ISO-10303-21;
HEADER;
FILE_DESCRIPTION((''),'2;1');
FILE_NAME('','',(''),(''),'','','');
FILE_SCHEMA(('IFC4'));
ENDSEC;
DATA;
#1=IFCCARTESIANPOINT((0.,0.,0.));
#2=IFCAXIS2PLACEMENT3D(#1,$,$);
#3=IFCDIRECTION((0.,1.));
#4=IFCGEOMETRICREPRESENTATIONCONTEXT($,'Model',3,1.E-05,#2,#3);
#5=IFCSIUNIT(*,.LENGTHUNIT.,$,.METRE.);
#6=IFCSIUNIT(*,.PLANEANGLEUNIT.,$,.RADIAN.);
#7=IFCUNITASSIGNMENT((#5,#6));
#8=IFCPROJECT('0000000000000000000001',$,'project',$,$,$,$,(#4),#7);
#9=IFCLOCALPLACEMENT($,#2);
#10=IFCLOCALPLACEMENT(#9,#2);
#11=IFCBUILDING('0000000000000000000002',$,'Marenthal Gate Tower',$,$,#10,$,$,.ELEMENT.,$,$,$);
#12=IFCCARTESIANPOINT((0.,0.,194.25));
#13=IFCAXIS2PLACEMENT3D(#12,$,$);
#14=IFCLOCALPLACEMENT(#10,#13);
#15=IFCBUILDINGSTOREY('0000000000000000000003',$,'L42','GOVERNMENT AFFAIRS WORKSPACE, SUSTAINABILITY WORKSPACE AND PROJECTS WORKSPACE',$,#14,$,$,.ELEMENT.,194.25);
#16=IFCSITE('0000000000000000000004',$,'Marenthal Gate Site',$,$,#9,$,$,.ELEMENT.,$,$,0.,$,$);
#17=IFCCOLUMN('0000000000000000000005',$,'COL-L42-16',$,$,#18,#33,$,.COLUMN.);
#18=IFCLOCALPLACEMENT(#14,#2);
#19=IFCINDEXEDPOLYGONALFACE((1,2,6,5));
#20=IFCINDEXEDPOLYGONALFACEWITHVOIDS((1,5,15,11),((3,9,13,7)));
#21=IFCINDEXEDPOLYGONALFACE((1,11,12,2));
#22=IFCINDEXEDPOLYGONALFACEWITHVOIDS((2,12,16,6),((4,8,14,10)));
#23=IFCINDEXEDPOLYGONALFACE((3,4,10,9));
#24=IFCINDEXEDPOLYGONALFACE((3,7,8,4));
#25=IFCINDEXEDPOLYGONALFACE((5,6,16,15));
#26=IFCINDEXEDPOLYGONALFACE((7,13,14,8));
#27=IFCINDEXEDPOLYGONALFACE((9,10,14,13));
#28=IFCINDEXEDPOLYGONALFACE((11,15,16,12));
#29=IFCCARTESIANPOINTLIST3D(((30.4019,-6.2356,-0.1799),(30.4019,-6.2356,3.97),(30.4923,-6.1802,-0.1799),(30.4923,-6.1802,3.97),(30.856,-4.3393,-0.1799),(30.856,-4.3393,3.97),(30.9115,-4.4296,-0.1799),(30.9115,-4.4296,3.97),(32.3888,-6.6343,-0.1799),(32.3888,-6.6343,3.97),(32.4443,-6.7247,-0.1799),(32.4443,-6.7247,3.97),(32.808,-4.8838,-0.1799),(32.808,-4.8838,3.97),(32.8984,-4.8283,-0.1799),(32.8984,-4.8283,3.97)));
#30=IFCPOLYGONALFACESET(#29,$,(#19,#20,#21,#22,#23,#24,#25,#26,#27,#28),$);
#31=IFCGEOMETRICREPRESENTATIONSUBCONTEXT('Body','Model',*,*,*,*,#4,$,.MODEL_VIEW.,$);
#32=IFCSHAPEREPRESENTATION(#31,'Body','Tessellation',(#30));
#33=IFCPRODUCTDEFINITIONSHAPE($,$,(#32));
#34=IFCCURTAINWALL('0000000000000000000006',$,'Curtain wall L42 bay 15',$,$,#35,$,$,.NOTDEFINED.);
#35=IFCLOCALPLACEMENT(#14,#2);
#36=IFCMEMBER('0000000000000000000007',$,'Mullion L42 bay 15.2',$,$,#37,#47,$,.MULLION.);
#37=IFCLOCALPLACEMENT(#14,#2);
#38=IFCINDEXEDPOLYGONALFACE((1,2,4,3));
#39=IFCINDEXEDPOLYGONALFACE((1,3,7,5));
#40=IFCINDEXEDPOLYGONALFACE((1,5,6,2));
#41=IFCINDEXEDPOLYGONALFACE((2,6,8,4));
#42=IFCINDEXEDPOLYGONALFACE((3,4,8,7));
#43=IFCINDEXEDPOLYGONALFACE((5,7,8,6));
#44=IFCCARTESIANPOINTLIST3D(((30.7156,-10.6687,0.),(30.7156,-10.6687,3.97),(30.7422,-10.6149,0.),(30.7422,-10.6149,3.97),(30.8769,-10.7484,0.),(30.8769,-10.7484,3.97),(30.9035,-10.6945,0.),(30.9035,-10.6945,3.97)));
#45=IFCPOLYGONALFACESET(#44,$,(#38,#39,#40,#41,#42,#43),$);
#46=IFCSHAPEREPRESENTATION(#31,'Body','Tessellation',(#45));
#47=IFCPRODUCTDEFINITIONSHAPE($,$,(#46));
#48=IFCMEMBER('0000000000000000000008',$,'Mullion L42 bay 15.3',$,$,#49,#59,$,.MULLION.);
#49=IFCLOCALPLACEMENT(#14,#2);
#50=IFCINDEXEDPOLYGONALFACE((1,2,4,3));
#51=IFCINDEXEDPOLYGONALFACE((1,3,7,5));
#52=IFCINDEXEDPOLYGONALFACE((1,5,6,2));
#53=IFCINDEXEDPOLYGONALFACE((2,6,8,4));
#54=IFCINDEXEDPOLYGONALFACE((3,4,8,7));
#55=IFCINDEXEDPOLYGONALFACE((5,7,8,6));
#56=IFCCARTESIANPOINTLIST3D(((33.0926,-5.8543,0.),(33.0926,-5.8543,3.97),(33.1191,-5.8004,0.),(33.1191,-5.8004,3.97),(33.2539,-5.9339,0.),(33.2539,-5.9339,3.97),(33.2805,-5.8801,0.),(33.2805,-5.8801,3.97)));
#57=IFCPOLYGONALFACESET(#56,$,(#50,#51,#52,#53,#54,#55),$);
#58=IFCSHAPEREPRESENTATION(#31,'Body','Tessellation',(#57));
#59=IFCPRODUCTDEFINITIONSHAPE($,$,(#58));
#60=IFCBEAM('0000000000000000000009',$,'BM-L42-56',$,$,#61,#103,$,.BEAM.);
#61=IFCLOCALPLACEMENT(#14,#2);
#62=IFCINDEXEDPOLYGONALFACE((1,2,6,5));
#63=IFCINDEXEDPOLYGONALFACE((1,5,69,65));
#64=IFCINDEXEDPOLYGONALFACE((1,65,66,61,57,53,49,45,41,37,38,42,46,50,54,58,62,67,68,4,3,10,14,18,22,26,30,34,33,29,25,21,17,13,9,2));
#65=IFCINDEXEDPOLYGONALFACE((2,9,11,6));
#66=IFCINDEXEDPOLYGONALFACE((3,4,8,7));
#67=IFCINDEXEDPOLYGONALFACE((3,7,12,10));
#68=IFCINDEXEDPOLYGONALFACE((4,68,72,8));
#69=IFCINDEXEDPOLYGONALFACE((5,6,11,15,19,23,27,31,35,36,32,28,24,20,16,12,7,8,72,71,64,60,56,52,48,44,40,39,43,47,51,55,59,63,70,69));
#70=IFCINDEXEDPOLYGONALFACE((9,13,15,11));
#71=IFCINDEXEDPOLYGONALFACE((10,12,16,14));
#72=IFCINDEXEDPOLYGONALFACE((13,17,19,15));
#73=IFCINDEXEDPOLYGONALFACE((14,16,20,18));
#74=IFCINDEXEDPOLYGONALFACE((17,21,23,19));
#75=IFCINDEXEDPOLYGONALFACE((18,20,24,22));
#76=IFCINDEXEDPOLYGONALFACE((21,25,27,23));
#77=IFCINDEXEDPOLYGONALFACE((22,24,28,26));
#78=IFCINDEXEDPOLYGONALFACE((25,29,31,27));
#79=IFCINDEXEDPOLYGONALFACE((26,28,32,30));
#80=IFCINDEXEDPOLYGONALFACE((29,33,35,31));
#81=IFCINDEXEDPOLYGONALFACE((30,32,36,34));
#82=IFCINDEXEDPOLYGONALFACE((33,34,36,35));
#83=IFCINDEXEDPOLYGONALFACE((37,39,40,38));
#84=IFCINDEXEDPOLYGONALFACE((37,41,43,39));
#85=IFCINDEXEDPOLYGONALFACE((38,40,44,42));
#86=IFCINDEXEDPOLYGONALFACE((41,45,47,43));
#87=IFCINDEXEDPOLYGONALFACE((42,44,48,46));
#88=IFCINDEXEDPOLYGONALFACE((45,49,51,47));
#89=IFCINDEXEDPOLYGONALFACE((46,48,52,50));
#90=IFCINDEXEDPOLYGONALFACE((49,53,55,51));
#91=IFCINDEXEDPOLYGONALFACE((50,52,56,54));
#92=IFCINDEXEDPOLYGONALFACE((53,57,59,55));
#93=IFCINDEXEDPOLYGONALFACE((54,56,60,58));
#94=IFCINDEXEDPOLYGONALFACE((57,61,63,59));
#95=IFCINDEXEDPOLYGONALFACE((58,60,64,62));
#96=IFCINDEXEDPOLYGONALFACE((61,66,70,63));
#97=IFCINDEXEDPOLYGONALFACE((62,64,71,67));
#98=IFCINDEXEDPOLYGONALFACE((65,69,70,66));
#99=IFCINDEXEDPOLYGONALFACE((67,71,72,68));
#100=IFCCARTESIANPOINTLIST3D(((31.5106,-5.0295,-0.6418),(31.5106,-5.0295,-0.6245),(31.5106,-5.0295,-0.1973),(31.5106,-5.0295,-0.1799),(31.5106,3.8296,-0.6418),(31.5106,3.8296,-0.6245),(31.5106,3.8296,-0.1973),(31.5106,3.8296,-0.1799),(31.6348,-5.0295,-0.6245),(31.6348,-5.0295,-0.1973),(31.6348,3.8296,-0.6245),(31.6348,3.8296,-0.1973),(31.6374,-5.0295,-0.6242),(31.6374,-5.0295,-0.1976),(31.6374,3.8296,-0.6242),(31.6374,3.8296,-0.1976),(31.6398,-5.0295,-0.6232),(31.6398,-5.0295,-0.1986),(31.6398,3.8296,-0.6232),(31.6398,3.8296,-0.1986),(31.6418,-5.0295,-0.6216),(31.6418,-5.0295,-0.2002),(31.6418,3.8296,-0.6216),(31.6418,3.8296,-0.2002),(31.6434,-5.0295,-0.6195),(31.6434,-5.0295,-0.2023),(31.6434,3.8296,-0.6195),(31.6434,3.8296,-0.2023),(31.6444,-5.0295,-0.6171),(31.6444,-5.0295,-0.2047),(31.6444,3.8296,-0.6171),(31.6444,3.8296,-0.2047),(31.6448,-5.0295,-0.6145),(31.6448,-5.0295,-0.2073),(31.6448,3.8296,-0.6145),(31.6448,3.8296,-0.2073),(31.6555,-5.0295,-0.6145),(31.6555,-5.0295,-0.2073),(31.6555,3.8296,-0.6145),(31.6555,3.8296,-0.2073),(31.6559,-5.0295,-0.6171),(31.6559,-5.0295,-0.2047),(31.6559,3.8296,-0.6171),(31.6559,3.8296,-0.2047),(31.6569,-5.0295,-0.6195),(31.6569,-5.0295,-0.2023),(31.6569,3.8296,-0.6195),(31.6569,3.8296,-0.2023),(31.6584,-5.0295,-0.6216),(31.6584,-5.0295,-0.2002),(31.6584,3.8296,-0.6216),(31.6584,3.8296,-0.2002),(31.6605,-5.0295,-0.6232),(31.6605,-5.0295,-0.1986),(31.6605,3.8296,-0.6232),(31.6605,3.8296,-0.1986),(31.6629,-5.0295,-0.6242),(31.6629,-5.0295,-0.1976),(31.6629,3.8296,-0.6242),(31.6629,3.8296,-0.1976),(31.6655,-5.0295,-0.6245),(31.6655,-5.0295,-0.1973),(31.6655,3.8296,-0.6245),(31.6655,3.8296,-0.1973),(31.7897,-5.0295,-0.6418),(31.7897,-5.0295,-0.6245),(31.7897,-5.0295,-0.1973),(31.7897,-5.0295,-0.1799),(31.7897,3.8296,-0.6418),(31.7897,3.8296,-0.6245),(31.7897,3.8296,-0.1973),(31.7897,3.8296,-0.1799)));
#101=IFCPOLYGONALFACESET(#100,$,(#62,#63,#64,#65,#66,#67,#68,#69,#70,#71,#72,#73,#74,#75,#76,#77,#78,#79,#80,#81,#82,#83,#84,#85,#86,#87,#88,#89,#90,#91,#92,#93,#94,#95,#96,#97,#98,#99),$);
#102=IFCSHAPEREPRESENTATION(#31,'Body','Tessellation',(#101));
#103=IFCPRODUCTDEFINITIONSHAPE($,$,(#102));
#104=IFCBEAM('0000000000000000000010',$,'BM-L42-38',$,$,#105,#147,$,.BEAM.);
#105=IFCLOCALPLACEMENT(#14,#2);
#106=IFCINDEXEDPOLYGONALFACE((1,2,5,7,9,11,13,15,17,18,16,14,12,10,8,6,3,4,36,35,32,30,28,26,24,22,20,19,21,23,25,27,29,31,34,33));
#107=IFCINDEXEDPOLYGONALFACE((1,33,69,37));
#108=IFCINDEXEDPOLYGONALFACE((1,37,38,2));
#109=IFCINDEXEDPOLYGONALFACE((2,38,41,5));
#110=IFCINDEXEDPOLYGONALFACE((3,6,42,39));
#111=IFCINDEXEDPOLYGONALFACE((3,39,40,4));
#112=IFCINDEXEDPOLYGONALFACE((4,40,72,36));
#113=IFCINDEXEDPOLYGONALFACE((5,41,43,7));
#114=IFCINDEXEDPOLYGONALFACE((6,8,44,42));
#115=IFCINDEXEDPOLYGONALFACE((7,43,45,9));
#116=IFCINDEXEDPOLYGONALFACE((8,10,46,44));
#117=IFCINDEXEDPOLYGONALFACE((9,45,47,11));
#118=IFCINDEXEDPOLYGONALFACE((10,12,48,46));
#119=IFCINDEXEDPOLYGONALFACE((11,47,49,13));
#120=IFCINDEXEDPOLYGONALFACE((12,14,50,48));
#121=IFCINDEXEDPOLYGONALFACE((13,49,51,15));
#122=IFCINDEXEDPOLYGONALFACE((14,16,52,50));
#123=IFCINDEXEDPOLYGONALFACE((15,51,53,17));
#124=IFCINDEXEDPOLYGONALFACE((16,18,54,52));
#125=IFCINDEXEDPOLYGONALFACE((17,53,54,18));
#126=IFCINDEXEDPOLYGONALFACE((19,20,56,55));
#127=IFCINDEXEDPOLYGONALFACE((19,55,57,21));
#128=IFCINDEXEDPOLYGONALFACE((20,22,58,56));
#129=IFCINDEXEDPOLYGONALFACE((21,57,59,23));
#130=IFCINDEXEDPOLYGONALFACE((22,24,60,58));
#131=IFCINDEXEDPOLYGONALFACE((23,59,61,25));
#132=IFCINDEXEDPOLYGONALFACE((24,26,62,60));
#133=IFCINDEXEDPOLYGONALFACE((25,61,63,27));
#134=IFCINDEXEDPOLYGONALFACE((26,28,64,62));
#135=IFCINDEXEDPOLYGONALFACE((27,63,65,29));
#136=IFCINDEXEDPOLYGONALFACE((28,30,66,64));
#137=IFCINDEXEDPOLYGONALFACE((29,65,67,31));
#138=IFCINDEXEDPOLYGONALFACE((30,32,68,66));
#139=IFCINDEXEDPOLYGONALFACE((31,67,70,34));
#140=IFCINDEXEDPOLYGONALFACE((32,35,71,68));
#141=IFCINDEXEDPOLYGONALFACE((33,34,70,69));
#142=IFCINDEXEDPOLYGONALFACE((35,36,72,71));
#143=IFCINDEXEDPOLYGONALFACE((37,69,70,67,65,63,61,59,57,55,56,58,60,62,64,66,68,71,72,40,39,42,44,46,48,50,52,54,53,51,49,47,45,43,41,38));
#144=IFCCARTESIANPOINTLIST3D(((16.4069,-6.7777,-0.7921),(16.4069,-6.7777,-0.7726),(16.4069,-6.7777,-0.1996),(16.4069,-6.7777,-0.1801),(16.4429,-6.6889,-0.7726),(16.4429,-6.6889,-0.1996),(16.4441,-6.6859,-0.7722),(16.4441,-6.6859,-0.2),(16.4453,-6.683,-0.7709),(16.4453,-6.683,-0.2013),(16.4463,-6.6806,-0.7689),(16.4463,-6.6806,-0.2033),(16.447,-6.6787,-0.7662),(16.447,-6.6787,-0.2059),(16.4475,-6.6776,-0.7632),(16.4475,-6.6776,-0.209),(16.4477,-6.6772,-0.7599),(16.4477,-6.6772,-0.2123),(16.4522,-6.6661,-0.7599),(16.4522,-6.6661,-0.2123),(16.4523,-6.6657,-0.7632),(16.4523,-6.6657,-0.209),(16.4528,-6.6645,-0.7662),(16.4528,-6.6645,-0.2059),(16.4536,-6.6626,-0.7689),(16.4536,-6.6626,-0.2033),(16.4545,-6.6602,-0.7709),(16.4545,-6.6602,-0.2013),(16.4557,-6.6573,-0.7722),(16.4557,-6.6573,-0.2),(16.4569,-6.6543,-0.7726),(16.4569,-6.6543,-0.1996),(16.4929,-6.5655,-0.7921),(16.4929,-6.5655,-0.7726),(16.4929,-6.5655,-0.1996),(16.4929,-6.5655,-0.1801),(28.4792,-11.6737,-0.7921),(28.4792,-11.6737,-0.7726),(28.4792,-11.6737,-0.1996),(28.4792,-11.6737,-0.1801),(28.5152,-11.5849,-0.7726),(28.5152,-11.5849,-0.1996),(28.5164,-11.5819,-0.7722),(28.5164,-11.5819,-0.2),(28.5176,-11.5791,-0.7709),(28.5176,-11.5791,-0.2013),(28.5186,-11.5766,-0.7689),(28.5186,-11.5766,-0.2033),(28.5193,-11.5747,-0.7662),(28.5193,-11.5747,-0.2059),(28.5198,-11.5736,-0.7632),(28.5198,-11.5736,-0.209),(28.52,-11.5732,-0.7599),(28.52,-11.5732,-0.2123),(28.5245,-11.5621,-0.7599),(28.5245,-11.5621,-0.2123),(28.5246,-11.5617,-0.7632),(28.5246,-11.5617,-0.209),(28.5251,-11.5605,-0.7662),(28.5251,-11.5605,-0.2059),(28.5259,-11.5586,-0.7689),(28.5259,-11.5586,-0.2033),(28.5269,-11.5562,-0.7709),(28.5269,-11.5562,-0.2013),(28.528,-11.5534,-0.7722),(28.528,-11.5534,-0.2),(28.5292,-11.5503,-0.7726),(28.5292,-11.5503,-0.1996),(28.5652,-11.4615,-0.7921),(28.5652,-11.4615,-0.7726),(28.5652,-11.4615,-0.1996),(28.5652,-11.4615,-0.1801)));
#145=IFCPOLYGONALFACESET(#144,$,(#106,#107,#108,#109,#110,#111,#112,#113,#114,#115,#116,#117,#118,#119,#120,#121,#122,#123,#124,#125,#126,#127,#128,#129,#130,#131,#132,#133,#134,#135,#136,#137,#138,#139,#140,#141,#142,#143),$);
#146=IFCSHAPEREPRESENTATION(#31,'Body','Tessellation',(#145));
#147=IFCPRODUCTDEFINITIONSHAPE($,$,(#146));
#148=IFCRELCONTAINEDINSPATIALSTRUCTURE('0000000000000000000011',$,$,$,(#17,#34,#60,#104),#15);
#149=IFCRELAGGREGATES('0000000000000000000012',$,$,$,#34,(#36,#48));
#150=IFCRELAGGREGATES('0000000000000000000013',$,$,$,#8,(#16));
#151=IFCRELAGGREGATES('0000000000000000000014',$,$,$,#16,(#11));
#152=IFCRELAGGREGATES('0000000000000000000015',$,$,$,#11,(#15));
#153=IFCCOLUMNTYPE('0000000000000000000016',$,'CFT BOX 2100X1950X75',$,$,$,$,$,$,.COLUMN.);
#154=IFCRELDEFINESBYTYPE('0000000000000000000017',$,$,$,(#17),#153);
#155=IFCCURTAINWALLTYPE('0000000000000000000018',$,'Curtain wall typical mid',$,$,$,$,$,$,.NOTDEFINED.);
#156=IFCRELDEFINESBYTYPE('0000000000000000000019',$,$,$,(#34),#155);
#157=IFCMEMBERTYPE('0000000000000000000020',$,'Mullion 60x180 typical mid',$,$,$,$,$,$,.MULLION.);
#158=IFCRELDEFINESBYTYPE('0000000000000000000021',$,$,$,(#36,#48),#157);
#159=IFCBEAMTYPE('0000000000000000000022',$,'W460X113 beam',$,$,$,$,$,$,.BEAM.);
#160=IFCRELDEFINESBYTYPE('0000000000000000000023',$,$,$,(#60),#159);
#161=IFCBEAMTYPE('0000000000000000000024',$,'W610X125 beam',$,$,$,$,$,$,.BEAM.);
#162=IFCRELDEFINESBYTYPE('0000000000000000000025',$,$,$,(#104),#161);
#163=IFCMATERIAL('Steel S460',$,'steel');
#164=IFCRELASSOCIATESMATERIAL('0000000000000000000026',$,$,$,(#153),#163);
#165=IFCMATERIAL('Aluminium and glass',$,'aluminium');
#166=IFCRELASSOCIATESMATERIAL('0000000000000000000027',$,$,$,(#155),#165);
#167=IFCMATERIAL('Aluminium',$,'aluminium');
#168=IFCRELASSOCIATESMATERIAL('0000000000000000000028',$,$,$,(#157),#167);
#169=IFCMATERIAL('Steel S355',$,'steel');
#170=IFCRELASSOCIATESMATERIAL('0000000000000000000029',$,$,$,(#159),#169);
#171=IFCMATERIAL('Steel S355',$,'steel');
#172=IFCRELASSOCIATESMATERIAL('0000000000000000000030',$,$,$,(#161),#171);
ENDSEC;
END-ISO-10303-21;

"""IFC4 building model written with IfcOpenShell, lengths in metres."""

from ifc_helpers import new_model, si_unit, direction, frame, origin, origin_2d, place, context, subcontext, project, spatial, rectangle, hollow_rectangle, i_section, extrude, material, material_profile, profile_set, type_object, element, aggregate, save


model = new_model("IFC4")

# Units and contexts
model_context = context("Model", 3, precision=1e-05, world=origin(), true_north=direction((0.0, 1.0)))
body_context = subcontext(model_context, "Body", "Model", "MODEL_VIEW")
ifc_project = project(units=[si_unit("LENGTHUNIT", "METRE"), si_unit("PLANEANGLEUNIT", "RADIAN")], contexts=[model_context])

# Site, building, storey
site_placement = place(None, origin())
site = spatial("IfcSite", under=ifc_project, at=site_placement, Name="Marenthal Gate Site", CompositionType="ELEMENT", RefElevation=0.0)
building_placement = place(site_placement, origin())
building = spatial("IfcBuilding", under=site, at=building_placement, Name="Marenthal Gate Tower", CompositionType="ELEMENT")
storey_placement = place(building_placement, frame((0.0, 0.0, 194.25)))
storey = spatial("IfcBuildingStorey", under=building, at=storey_placement, Name="L42", Description="GOVERNMENT AFFAIRS WORKSPACE, SUSTAINABILITY WORKSPACE AND PROJECTS WORKSPACE", CompositionType="ELEMENT", Elevation=194.25)

# Column
ifc_material_1 = material(Name="Steel S460", Category="steel")
ifc_material_profile_1 = material_profile(ifc_material_1, hollow_rectangle(XDim=1.95, YDim=2.1001, WallThickness=0.075, at=origin_2d()), Name="CFT BOX 2100X1950X75")
ifc_material_2 = material(Name="Concrete 70 MPa", Category="concrete")
ifc_material_profile_2 = material_profile(ifc_material_2, rectangle(XDim=1.8, YDim=1.95, at=origin_2d()), Name="CFT BOX 2100X1950X75 INFILL")
ifc_profile_set_1 = profile_set([ifc_material_profile_1, ifc_material_profile_2], Name="Steel S460 shell, Concrete 70 MPa infill")
column_type = type_object("IfcColumnType", Name="CFT BOX 2100X1950X75", PredefinedType="COLUMN", material=ifc_profile_set_1)
column_placement = place(storey_placement, frame((31.6501, -5.532, -0.1799), z_axis=(0.0, 0.0, 1.0), x_axis=(-0.23288, -0.972505, 0.0)))
element("IfcColumn", 1, at=column_placement, inside=storey, type_object=column_type, Name="COL-L42-16", PredefinedType="COLUMN", context=body_context, shape_type="SweptSolid", body=[
    extrude(hollow_rectangle(XDim=1.95, YDim=2.1001, WallThickness=0.075, at=origin_2d()), origin(), (0.0, 0.0, 1.0), 4.1499),
])

# Curtain wall, members
ifc_material_3 = material(Name="Aluminium and glass", Category="aluminium")
curtain_wall_type = type_object("IfcCurtainWallType", Name="Curtain wall typical mid", PredefinedType="NOTDEFINED", material=ifc_material_3)
curtain_wall_placement = place(storey_placement, origin())
curtain_wall = element("IfcCurtainWall", 2, at=curtain_wall_placement, inside=storey, type_object=curtain_wall_type, Name="Curtain wall L42 bay 15", PredefinedType="NOTDEFINED")
ifc_material_4 = material(Name="Aluminium", Category="aluminium")
ifc_material_profile_3 = material_profile(ifc_material_4, rectangle(XDim=0.1799, YDim=0.0601, at=origin_2d()), Name="60x180 aluminium mullion")
ifc_profile_set_2 = profile_set([ifc_material_profile_3], Name="Aluminium")
member_type = type_object("IfcMemberType", Name="Mullion 60x180 typical mid", PredefinedType="MULLION", material=ifc_profile_set_2)
member_1_placement = place(storey_placement, frame((30.8096, -10.6816, 0.0), z_axis=(0.0, 0.0, 1.0), x_axis=(-0.896681, 0.442678, 0.0)))
member_1 = element("IfcMember", 3, at=member_1_placement, type_object=member_type, Name="Mullion L42 bay 15.2", PredefinedType="MULLION", context=body_context, shape_type="SweptSolid", body=[
    extrude(rectangle(XDim=0.1799, YDim=0.0601, at=origin_2d()), origin(), (0.0, 0.0, 1.0), 3.97),
])
member_2_placement = place(storey_placement, frame((33.1865, -5.8672, 0.0), z_axis=(0.0, 0.0, 1.0), x_axis=(-0.896681, 0.442678, 0.0)))
member_2 = element("IfcMember", 4, at=member_2_placement, type_object=member_type, Name="Mullion L42 bay 15.3", PredefinedType="MULLION", context=body_context, shape_type="SweptSolid", body=[
    extrude(rectangle(XDim=0.1799, YDim=0.0601, at=origin_2d()), origin(), (0.0, 0.0, 1.0), 3.97),
])

# Beams
ifc_material_5 = material(Name="Steel S355", Category="steel")
ifc_material_profile_4 = material_profile(ifc_material_5, i_section(OverallWidth=0.2791, OverallDepth=0.4619, WebThickness=0.0107, FlangeThickness=0.0173, FilletRadius=0.01, at=origin_2d()), Name="W460X113")
ifc_profile_set_3 = profile_set([ifc_material_profile_4], Name="Steel S355")
beam_type_1 = type_object("IfcBeamType", Name="W460X113 beam", PredefinedType="BEAM", material=ifc_profile_set_3)
beam_1_placement = place(storey_placement, frame((31.6501, -5.0295, -0.4109), z_axis=(0.0, 1.0, 0.0), x_axis=(-1.0, 0.0, 0.0)))
element("IfcBeam", 5, at=beam_1_placement, inside=storey, type_object=beam_type_1, Name="BM-L42-56", PredefinedType="BEAM", context=body_context, shape_type="SweptSolid", body=[
    extrude(i_section(OverallWidth=0.2791, OverallDepth=0.4619, WebThickness=0.0107, FlangeThickness=0.0173, FilletRadius=0.01, at=origin_2d()), origin(), (0.0, 0.0, 1.0), 8.8591),
])
ifc_material_6 = material(Name="Steel S355", Category="steel")
ifc_material_profile_5 = material_profile(ifc_material_6, i_section(OverallWidth=0.229, OverallDepth=0.6121, WebThickness=0.012, FlangeThickness=0.0195, FilletRadius=0.0127, at=origin_2d()), Name="W610X125")
ifc_profile_set_4 = profile_set([ifc_material_profile_5], Name="Steel S355")
beam_type_2 = type_object("IfcBeamType", Name="W610X125 beam", PredefinedType="BEAM", material=ifc_profile_set_4)
beam_2_placement = place(storey_placement, frame((28.5222, -11.5676, -0.4861), z_axis=(-0.92669, 0.375826, 0.0), x_axis=(-0.375826, -0.92669, 0.0)))
element("IfcBeam", 6, at=beam_2_placement, inside=storey, type_object=beam_type_2, Name="BM-L42-38", PredefinedType="BEAM", context=body_context, shape_type="SweptSolid", body=[
    extrude(i_section(OverallWidth=0.229, OverallDepth=0.6121, WebThickness=0.012, FlangeThickness=0.0195, FilletRadius=0.0127, at=origin_2d()), origin(), (0.0, 0.0, 1.0), 13.0273),
])

aggregate(curtain_wall, [member_1, member_2])

save(model, "model.ifc")
